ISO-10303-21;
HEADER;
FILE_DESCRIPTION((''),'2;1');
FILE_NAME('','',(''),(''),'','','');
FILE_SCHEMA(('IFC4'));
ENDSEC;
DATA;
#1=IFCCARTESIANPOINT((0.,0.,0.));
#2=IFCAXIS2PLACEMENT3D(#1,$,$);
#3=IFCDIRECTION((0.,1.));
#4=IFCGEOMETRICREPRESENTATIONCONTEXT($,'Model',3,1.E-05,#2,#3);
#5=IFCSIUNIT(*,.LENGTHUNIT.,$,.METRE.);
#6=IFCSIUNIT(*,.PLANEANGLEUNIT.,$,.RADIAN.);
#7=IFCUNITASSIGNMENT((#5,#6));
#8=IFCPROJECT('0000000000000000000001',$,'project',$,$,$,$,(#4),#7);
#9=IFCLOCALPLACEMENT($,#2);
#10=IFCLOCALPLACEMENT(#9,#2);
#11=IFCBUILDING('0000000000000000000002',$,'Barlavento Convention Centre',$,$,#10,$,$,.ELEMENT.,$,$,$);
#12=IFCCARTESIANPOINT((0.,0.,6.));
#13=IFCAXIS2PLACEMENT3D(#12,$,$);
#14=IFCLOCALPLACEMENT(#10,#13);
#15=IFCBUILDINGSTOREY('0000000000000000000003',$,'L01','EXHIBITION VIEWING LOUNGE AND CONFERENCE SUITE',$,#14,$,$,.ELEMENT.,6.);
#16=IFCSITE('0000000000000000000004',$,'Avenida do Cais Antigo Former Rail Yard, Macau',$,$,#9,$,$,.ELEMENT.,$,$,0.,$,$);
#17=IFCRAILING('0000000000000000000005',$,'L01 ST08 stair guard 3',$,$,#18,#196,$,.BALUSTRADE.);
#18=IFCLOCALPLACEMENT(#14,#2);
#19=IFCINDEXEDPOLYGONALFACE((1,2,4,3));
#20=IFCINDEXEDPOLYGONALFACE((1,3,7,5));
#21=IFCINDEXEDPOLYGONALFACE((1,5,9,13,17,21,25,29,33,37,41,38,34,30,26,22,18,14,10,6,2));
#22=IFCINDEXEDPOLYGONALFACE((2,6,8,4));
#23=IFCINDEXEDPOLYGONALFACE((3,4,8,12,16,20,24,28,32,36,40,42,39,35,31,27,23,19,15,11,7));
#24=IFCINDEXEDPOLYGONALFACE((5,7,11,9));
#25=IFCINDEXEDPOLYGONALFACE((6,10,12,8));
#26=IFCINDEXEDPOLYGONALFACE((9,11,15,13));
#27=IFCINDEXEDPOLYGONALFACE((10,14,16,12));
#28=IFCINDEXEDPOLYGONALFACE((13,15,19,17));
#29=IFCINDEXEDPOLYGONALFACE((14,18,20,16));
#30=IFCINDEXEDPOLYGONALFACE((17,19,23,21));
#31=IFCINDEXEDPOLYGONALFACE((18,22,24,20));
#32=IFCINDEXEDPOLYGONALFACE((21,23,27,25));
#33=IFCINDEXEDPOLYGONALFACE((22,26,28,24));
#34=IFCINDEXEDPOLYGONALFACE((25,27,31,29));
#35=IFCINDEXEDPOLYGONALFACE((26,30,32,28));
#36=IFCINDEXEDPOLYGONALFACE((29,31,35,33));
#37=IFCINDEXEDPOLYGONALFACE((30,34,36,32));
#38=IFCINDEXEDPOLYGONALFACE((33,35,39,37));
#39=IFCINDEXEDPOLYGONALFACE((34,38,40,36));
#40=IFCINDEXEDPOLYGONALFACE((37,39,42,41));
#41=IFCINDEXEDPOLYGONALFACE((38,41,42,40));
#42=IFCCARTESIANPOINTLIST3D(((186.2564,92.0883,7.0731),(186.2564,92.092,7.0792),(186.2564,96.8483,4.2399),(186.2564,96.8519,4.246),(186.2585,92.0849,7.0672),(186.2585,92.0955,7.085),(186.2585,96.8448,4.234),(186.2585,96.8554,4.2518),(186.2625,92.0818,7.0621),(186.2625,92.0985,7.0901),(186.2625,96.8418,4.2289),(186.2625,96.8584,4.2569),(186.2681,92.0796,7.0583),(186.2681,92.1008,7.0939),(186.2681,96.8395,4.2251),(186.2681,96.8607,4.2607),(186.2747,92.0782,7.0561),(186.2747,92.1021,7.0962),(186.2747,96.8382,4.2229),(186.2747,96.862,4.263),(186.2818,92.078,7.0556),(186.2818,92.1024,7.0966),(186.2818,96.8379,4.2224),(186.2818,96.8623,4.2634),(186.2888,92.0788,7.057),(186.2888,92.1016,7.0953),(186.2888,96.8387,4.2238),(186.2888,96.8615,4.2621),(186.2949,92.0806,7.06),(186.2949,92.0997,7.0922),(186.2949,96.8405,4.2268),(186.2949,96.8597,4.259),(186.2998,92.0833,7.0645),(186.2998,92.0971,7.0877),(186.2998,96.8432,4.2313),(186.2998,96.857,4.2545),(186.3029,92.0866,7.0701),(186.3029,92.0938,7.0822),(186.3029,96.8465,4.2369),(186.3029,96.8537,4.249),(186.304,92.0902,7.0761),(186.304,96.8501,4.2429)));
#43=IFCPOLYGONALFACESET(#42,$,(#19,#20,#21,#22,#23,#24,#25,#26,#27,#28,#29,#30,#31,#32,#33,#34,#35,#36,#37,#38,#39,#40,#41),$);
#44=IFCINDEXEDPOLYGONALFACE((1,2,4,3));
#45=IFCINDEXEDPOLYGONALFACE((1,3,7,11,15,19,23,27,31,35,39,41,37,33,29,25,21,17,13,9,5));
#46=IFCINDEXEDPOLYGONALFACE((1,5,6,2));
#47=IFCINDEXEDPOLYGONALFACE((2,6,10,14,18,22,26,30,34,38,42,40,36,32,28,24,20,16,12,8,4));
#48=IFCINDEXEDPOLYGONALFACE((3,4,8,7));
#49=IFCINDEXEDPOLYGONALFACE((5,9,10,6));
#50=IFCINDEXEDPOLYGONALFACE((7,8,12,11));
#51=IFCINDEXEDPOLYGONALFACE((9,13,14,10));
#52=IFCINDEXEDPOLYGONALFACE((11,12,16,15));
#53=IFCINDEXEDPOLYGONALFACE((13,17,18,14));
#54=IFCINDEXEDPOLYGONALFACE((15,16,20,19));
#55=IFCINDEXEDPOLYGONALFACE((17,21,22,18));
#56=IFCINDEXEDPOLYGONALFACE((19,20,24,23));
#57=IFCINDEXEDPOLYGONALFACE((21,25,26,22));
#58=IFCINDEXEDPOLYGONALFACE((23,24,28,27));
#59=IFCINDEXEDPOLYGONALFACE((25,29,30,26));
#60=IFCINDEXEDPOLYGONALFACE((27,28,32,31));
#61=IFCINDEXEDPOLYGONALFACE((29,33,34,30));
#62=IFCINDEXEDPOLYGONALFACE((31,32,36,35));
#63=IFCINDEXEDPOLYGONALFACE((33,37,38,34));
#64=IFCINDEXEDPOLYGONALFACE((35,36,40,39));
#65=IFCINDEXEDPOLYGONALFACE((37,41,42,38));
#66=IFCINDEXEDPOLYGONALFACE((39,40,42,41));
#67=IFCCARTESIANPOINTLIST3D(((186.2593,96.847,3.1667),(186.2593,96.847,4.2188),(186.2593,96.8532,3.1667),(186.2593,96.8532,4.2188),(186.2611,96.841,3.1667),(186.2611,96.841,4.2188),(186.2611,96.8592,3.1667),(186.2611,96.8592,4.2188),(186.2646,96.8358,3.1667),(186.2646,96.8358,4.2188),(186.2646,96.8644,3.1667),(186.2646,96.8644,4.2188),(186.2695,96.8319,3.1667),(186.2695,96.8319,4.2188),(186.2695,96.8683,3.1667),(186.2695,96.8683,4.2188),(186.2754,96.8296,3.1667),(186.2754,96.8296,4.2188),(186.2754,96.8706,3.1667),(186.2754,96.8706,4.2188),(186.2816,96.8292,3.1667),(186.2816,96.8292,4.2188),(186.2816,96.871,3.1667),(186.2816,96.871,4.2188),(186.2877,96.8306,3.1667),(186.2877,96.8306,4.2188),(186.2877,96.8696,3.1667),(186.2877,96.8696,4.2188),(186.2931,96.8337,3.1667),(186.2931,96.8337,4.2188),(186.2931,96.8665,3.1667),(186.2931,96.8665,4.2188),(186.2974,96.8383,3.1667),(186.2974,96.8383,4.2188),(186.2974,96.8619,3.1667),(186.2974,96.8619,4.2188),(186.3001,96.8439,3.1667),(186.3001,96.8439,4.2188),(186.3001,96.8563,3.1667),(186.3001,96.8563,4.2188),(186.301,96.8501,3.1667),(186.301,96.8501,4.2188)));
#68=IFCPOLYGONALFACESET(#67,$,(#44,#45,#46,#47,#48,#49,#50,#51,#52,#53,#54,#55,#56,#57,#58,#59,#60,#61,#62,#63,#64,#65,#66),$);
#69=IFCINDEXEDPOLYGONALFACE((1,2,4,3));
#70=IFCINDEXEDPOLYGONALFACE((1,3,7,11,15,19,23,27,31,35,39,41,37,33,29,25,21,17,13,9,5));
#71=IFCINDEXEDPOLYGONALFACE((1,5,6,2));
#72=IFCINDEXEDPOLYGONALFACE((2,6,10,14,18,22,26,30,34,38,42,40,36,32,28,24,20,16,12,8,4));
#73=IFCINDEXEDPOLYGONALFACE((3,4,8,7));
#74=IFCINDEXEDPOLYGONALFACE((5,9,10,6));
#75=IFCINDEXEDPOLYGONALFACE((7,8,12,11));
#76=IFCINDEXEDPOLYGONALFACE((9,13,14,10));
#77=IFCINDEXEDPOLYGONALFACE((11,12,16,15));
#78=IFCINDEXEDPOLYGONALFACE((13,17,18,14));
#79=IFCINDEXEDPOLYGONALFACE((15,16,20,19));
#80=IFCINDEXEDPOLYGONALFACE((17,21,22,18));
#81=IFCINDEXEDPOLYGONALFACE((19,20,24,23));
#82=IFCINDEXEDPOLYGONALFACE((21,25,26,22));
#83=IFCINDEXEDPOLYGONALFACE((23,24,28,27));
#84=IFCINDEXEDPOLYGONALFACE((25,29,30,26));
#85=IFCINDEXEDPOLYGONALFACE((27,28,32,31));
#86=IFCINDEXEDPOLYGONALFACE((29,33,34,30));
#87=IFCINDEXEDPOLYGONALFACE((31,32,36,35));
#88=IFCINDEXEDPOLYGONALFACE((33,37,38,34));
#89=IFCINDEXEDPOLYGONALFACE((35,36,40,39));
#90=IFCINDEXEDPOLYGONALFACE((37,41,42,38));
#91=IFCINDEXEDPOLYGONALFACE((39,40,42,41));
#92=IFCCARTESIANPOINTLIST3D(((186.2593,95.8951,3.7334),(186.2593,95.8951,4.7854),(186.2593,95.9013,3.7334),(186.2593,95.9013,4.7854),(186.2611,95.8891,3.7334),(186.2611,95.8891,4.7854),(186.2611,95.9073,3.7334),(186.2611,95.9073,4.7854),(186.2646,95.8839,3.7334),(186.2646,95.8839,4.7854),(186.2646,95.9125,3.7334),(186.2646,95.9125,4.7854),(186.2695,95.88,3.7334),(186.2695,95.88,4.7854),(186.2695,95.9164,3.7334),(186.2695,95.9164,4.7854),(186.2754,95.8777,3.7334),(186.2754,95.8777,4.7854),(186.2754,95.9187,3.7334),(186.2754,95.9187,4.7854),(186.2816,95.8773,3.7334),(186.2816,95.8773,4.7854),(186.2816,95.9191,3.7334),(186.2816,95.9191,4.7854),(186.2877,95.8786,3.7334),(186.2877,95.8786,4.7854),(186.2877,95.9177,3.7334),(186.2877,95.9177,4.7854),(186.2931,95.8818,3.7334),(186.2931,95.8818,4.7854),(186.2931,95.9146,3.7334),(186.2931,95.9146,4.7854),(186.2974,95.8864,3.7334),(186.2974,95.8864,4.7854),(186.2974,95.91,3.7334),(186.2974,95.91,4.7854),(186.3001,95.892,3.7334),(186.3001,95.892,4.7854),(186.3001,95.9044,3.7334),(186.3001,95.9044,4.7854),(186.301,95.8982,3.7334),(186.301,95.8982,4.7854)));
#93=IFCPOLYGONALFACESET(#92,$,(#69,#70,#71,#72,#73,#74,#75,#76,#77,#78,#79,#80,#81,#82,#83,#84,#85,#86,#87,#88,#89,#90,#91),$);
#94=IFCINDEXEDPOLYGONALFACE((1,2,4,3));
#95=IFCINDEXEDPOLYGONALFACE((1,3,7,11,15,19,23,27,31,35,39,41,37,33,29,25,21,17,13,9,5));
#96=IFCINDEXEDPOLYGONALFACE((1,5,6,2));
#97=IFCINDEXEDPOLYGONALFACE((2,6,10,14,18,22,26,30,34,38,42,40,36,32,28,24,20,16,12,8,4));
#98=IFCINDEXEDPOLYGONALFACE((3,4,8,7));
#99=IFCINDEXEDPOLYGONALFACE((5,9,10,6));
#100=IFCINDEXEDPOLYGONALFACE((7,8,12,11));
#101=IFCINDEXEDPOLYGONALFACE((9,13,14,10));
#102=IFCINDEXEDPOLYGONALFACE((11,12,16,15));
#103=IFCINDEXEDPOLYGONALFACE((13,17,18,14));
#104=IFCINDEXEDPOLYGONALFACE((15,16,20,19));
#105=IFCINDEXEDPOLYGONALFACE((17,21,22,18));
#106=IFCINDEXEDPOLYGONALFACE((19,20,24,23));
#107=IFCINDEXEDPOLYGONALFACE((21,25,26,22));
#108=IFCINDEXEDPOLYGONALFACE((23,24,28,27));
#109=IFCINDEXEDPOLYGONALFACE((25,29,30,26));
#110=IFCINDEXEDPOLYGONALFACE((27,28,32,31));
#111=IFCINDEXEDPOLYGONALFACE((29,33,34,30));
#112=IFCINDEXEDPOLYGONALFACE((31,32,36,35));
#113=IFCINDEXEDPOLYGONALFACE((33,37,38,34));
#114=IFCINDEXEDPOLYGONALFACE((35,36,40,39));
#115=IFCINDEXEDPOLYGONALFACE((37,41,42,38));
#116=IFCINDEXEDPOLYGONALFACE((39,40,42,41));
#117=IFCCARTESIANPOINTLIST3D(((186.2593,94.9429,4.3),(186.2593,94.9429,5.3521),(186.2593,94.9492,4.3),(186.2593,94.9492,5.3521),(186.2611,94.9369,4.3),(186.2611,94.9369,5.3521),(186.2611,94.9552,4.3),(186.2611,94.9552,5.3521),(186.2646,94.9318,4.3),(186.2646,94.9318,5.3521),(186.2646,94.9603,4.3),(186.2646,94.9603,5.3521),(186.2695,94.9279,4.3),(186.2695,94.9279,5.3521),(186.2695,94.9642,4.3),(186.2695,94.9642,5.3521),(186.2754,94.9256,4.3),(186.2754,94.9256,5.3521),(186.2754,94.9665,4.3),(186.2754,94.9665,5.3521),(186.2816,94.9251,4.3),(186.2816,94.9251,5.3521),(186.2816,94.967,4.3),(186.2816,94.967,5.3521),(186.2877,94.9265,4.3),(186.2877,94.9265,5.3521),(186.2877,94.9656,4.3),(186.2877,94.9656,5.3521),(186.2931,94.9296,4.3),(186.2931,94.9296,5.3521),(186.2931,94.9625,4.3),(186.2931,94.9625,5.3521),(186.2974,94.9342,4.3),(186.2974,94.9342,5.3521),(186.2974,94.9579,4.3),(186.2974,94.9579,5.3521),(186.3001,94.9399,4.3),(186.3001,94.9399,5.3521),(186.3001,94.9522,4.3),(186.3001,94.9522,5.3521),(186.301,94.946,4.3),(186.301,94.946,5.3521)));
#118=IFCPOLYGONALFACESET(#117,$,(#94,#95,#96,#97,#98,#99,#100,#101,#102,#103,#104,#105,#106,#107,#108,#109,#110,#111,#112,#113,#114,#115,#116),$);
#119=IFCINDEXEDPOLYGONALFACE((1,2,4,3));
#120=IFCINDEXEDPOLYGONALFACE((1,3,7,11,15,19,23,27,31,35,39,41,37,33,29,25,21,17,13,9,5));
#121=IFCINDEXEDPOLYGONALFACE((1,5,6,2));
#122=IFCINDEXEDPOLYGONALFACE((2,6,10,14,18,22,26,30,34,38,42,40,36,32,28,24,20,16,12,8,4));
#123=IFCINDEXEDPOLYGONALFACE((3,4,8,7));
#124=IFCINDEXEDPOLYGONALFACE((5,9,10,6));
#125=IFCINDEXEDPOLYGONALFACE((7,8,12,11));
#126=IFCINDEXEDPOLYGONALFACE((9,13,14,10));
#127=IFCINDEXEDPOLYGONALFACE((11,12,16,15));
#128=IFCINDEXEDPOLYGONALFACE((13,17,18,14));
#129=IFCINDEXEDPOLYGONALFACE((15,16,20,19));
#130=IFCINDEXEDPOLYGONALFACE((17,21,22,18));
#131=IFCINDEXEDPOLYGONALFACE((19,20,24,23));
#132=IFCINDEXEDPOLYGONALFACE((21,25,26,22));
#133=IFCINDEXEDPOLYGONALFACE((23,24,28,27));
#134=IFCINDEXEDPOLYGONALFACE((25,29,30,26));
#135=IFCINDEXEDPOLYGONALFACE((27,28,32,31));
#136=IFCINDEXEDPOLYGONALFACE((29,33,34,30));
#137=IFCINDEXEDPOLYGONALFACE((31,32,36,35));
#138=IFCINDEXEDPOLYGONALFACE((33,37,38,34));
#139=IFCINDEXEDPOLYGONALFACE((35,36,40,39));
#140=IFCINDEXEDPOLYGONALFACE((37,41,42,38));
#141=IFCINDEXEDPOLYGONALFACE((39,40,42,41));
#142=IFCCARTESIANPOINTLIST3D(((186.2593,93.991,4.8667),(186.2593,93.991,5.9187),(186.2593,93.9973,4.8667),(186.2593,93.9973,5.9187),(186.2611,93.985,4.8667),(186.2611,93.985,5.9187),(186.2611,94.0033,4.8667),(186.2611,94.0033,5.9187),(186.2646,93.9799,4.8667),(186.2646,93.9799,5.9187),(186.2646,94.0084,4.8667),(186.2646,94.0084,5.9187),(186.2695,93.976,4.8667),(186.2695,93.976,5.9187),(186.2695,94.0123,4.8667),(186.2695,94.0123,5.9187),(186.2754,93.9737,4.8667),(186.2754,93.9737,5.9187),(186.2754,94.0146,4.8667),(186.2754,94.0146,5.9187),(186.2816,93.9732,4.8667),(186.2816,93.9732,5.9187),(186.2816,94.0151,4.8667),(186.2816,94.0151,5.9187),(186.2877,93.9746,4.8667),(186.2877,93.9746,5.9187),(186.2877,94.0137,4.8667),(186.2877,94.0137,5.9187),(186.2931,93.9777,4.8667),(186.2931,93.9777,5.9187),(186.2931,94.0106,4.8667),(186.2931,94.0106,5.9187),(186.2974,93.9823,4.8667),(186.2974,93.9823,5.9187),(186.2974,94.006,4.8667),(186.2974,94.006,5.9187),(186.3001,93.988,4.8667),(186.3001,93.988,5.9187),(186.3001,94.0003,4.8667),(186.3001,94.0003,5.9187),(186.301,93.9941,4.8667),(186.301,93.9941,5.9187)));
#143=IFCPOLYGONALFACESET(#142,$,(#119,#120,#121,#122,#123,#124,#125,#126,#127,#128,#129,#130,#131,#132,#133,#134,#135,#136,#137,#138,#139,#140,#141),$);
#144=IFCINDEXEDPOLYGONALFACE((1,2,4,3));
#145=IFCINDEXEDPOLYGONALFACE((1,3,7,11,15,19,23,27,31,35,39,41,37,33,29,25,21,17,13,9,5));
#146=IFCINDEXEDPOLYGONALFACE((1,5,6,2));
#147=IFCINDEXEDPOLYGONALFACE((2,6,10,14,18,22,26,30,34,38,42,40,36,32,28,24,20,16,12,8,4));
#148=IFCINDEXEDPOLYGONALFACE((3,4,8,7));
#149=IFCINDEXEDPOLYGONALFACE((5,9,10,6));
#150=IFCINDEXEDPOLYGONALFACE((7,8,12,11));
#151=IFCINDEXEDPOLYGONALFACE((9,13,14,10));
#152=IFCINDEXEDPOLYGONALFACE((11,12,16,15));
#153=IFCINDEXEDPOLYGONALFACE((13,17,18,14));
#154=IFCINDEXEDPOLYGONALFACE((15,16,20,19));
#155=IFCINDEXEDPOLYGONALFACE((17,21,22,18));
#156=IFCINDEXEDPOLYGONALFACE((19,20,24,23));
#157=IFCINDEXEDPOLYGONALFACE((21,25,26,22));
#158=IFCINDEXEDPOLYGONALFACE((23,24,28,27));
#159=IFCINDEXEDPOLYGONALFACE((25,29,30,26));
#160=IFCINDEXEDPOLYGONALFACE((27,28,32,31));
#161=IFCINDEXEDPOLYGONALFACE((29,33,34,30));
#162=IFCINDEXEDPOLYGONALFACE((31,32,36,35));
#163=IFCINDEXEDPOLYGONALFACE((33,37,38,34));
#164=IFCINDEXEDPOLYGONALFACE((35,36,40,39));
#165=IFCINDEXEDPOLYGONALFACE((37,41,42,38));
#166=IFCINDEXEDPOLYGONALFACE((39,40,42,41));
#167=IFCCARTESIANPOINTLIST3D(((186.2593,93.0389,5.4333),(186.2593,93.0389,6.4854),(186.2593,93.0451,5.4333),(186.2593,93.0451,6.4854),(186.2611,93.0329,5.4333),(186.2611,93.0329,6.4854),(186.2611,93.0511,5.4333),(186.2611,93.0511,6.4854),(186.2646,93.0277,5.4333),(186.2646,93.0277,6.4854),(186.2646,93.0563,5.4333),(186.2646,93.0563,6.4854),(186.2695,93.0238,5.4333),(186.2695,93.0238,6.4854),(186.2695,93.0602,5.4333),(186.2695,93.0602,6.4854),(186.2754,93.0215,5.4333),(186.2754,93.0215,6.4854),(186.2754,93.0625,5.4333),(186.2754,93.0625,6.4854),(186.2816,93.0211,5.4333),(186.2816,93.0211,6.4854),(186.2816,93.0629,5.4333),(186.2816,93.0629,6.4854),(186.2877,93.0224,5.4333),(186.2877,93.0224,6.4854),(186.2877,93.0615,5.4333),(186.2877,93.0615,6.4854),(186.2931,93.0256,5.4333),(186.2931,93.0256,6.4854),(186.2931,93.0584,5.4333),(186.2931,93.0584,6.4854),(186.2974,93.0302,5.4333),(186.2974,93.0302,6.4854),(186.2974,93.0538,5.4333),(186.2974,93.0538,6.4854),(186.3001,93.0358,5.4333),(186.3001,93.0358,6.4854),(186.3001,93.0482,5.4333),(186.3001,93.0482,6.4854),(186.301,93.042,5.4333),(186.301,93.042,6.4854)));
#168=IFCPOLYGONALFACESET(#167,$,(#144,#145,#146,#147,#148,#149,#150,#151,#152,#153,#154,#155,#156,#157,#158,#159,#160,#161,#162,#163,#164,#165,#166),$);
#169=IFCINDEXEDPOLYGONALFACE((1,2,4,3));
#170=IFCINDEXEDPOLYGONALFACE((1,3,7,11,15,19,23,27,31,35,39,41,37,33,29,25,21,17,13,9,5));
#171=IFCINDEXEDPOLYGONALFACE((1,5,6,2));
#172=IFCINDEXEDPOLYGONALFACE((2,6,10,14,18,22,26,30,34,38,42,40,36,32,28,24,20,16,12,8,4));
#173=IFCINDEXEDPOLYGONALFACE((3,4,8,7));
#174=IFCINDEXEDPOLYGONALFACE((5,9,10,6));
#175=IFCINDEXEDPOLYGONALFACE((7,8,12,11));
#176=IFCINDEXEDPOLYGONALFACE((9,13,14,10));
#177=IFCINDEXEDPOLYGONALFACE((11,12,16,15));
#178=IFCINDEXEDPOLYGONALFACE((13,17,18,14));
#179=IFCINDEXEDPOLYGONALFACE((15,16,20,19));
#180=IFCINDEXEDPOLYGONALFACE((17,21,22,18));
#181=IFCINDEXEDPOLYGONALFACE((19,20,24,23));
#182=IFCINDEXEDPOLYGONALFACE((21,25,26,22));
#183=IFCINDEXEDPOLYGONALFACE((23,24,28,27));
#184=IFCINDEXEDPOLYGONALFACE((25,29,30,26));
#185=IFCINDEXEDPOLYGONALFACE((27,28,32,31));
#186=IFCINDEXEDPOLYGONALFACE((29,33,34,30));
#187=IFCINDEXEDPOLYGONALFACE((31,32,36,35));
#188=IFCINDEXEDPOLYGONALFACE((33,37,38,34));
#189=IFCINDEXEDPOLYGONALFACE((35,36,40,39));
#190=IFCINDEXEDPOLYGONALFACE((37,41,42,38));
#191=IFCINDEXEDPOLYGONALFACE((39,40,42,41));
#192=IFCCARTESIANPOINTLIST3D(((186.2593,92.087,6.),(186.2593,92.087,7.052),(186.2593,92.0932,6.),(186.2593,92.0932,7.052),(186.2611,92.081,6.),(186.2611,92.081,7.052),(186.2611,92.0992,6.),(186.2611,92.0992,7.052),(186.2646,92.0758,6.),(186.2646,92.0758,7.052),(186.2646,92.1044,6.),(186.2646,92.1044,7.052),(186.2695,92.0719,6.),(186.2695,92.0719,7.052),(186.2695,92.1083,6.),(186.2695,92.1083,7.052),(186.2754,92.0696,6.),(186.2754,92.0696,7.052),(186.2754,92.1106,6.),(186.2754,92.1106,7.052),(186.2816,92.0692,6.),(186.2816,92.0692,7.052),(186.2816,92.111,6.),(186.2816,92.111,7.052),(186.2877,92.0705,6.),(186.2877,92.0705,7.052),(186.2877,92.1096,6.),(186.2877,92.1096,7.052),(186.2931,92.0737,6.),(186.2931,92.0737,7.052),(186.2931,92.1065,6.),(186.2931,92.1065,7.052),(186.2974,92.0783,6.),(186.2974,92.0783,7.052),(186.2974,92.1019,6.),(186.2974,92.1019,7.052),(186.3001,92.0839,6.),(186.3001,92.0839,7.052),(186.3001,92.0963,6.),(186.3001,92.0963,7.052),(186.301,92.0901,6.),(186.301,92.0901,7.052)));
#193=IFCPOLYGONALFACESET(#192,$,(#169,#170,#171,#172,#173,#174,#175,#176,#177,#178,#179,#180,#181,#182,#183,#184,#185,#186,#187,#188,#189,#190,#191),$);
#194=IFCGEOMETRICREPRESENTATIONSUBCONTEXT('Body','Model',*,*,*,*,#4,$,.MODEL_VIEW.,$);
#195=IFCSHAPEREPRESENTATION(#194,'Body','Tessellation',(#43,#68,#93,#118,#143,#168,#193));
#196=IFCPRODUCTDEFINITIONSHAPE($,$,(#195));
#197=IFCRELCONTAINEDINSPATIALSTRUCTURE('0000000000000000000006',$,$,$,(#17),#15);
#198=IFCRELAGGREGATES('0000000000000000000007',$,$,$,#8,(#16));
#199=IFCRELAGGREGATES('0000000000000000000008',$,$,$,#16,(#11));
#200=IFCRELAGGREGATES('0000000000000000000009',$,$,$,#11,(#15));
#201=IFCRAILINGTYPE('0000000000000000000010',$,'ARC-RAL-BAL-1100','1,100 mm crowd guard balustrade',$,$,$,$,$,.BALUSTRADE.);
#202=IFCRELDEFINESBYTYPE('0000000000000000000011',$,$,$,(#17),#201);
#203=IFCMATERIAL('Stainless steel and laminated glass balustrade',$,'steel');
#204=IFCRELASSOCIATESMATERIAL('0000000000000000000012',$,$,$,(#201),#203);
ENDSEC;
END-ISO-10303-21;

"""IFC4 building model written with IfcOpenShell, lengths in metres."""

from ifc_helpers import new_model, si_unit, direction, frame, origin, origin_2d, place, context, subcontext, project, spatial, circle, extrude, material, type_object, element, save


model = new_model("IFC4")

# Units and contexts
model_context = context("Model", 3, precision=1e-05, world=origin(), true_north=direction((0.0, 1.0)))
body_context = subcontext(model_context, "Body", "Model", "MODEL_VIEW")
ifc_project = project(units=[si_unit("LENGTHUNIT", "METRE"), si_unit("PLANEANGLEUNIT", "RADIAN")], contexts=[model_context])

# Site, building, storey
site_placement = place(None, origin())
site = spatial("IfcSite", under=ifc_project, at=site_placement, Name="Avenida do Cais Antigo Former Rail Yard, Macau", CompositionType="ELEMENT", RefElevation=0.0)
building_placement = place(site_placement, origin())
building = spatial("IfcBuilding", under=site, at=building_placement, Name="Barlavento Convention Centre", CompositionType="ELEMENT")
storey_placement = place(building_placement, frame((0.0, 0.0, 6.0)))
storey = spatial("IfcBuildingStorey", under=building, at=storey_placement, Name="L01", Description="EXHIBITION VIEWING LOUNGE AND CONFERENCE SUITE", CompositionType="ELEMENT", Elevation=6.0)

# Railing
ifc_material_1 = material(Name="Stainless steel and laminated glass balustrade", Category="steel")
railing_type_1 = type_object("IfcRailingType", Name="ARC-RAL-BAL-1100", Description="1,100 mm crowd guard balustrade", PredefinedType="BALUSTRADE", material=ifc_material_1)
railing_1_placement = place(storey_placement, frame((186.28, 96.8501, 3.1667)))
element("IfcRailing", 1, at=railing_1_placement, inside=storey, type_object=railing_type_1, Name="L01 ST08 stair guard 3", PredefinedType="BALUSTRADE", context=body_context, shape_type="SweptSolid", body=[
    extrude(circle(Radius=0.0239, at=origin_2d()), frame((0.0, 0.0, 1.0762), z_axis=(0.0, -0.8593, 0.511472), x_axis=(1.0, 0.0, 0.0)), (0.0, 0.0, 1.0), 5.5393),
    extrude(circle(Radius=0.021, at=origin_2d()), origin(), (0.0, 0.0, 1.0), 1.052),
    extrude(circle(Radius=0.021, at=origin_2d()), frame((0.0, -0.9519, 0.5667)), (0.0, 0.0, 1.0), 1.052),
    extrude(circle(Radius=0.021, at=origin_2d()), frame((0.0, -1.9041, 1.1333)), (0.0, 0.0, 1.0), 1.052),
    extrude(circle(Radius=0.021, at=origin_2d()), frame((0.0, -2.856, 1.7)), (0.0, 0.0, 1.0), 1.052),
    extrude(circle(Radius=0.021, at=origin_2d()), frame((0.0, -3.8081, 2.2666)), (0.0, 0.0, 1.0), 1.052),
    extrude(circle(Radius=0.021, at=origin_2d()), frame((0.0, -4.76, 2.8333)), (0.0, 0.0, 1.0), 1.052),
])

save(model, "model.ifc")
